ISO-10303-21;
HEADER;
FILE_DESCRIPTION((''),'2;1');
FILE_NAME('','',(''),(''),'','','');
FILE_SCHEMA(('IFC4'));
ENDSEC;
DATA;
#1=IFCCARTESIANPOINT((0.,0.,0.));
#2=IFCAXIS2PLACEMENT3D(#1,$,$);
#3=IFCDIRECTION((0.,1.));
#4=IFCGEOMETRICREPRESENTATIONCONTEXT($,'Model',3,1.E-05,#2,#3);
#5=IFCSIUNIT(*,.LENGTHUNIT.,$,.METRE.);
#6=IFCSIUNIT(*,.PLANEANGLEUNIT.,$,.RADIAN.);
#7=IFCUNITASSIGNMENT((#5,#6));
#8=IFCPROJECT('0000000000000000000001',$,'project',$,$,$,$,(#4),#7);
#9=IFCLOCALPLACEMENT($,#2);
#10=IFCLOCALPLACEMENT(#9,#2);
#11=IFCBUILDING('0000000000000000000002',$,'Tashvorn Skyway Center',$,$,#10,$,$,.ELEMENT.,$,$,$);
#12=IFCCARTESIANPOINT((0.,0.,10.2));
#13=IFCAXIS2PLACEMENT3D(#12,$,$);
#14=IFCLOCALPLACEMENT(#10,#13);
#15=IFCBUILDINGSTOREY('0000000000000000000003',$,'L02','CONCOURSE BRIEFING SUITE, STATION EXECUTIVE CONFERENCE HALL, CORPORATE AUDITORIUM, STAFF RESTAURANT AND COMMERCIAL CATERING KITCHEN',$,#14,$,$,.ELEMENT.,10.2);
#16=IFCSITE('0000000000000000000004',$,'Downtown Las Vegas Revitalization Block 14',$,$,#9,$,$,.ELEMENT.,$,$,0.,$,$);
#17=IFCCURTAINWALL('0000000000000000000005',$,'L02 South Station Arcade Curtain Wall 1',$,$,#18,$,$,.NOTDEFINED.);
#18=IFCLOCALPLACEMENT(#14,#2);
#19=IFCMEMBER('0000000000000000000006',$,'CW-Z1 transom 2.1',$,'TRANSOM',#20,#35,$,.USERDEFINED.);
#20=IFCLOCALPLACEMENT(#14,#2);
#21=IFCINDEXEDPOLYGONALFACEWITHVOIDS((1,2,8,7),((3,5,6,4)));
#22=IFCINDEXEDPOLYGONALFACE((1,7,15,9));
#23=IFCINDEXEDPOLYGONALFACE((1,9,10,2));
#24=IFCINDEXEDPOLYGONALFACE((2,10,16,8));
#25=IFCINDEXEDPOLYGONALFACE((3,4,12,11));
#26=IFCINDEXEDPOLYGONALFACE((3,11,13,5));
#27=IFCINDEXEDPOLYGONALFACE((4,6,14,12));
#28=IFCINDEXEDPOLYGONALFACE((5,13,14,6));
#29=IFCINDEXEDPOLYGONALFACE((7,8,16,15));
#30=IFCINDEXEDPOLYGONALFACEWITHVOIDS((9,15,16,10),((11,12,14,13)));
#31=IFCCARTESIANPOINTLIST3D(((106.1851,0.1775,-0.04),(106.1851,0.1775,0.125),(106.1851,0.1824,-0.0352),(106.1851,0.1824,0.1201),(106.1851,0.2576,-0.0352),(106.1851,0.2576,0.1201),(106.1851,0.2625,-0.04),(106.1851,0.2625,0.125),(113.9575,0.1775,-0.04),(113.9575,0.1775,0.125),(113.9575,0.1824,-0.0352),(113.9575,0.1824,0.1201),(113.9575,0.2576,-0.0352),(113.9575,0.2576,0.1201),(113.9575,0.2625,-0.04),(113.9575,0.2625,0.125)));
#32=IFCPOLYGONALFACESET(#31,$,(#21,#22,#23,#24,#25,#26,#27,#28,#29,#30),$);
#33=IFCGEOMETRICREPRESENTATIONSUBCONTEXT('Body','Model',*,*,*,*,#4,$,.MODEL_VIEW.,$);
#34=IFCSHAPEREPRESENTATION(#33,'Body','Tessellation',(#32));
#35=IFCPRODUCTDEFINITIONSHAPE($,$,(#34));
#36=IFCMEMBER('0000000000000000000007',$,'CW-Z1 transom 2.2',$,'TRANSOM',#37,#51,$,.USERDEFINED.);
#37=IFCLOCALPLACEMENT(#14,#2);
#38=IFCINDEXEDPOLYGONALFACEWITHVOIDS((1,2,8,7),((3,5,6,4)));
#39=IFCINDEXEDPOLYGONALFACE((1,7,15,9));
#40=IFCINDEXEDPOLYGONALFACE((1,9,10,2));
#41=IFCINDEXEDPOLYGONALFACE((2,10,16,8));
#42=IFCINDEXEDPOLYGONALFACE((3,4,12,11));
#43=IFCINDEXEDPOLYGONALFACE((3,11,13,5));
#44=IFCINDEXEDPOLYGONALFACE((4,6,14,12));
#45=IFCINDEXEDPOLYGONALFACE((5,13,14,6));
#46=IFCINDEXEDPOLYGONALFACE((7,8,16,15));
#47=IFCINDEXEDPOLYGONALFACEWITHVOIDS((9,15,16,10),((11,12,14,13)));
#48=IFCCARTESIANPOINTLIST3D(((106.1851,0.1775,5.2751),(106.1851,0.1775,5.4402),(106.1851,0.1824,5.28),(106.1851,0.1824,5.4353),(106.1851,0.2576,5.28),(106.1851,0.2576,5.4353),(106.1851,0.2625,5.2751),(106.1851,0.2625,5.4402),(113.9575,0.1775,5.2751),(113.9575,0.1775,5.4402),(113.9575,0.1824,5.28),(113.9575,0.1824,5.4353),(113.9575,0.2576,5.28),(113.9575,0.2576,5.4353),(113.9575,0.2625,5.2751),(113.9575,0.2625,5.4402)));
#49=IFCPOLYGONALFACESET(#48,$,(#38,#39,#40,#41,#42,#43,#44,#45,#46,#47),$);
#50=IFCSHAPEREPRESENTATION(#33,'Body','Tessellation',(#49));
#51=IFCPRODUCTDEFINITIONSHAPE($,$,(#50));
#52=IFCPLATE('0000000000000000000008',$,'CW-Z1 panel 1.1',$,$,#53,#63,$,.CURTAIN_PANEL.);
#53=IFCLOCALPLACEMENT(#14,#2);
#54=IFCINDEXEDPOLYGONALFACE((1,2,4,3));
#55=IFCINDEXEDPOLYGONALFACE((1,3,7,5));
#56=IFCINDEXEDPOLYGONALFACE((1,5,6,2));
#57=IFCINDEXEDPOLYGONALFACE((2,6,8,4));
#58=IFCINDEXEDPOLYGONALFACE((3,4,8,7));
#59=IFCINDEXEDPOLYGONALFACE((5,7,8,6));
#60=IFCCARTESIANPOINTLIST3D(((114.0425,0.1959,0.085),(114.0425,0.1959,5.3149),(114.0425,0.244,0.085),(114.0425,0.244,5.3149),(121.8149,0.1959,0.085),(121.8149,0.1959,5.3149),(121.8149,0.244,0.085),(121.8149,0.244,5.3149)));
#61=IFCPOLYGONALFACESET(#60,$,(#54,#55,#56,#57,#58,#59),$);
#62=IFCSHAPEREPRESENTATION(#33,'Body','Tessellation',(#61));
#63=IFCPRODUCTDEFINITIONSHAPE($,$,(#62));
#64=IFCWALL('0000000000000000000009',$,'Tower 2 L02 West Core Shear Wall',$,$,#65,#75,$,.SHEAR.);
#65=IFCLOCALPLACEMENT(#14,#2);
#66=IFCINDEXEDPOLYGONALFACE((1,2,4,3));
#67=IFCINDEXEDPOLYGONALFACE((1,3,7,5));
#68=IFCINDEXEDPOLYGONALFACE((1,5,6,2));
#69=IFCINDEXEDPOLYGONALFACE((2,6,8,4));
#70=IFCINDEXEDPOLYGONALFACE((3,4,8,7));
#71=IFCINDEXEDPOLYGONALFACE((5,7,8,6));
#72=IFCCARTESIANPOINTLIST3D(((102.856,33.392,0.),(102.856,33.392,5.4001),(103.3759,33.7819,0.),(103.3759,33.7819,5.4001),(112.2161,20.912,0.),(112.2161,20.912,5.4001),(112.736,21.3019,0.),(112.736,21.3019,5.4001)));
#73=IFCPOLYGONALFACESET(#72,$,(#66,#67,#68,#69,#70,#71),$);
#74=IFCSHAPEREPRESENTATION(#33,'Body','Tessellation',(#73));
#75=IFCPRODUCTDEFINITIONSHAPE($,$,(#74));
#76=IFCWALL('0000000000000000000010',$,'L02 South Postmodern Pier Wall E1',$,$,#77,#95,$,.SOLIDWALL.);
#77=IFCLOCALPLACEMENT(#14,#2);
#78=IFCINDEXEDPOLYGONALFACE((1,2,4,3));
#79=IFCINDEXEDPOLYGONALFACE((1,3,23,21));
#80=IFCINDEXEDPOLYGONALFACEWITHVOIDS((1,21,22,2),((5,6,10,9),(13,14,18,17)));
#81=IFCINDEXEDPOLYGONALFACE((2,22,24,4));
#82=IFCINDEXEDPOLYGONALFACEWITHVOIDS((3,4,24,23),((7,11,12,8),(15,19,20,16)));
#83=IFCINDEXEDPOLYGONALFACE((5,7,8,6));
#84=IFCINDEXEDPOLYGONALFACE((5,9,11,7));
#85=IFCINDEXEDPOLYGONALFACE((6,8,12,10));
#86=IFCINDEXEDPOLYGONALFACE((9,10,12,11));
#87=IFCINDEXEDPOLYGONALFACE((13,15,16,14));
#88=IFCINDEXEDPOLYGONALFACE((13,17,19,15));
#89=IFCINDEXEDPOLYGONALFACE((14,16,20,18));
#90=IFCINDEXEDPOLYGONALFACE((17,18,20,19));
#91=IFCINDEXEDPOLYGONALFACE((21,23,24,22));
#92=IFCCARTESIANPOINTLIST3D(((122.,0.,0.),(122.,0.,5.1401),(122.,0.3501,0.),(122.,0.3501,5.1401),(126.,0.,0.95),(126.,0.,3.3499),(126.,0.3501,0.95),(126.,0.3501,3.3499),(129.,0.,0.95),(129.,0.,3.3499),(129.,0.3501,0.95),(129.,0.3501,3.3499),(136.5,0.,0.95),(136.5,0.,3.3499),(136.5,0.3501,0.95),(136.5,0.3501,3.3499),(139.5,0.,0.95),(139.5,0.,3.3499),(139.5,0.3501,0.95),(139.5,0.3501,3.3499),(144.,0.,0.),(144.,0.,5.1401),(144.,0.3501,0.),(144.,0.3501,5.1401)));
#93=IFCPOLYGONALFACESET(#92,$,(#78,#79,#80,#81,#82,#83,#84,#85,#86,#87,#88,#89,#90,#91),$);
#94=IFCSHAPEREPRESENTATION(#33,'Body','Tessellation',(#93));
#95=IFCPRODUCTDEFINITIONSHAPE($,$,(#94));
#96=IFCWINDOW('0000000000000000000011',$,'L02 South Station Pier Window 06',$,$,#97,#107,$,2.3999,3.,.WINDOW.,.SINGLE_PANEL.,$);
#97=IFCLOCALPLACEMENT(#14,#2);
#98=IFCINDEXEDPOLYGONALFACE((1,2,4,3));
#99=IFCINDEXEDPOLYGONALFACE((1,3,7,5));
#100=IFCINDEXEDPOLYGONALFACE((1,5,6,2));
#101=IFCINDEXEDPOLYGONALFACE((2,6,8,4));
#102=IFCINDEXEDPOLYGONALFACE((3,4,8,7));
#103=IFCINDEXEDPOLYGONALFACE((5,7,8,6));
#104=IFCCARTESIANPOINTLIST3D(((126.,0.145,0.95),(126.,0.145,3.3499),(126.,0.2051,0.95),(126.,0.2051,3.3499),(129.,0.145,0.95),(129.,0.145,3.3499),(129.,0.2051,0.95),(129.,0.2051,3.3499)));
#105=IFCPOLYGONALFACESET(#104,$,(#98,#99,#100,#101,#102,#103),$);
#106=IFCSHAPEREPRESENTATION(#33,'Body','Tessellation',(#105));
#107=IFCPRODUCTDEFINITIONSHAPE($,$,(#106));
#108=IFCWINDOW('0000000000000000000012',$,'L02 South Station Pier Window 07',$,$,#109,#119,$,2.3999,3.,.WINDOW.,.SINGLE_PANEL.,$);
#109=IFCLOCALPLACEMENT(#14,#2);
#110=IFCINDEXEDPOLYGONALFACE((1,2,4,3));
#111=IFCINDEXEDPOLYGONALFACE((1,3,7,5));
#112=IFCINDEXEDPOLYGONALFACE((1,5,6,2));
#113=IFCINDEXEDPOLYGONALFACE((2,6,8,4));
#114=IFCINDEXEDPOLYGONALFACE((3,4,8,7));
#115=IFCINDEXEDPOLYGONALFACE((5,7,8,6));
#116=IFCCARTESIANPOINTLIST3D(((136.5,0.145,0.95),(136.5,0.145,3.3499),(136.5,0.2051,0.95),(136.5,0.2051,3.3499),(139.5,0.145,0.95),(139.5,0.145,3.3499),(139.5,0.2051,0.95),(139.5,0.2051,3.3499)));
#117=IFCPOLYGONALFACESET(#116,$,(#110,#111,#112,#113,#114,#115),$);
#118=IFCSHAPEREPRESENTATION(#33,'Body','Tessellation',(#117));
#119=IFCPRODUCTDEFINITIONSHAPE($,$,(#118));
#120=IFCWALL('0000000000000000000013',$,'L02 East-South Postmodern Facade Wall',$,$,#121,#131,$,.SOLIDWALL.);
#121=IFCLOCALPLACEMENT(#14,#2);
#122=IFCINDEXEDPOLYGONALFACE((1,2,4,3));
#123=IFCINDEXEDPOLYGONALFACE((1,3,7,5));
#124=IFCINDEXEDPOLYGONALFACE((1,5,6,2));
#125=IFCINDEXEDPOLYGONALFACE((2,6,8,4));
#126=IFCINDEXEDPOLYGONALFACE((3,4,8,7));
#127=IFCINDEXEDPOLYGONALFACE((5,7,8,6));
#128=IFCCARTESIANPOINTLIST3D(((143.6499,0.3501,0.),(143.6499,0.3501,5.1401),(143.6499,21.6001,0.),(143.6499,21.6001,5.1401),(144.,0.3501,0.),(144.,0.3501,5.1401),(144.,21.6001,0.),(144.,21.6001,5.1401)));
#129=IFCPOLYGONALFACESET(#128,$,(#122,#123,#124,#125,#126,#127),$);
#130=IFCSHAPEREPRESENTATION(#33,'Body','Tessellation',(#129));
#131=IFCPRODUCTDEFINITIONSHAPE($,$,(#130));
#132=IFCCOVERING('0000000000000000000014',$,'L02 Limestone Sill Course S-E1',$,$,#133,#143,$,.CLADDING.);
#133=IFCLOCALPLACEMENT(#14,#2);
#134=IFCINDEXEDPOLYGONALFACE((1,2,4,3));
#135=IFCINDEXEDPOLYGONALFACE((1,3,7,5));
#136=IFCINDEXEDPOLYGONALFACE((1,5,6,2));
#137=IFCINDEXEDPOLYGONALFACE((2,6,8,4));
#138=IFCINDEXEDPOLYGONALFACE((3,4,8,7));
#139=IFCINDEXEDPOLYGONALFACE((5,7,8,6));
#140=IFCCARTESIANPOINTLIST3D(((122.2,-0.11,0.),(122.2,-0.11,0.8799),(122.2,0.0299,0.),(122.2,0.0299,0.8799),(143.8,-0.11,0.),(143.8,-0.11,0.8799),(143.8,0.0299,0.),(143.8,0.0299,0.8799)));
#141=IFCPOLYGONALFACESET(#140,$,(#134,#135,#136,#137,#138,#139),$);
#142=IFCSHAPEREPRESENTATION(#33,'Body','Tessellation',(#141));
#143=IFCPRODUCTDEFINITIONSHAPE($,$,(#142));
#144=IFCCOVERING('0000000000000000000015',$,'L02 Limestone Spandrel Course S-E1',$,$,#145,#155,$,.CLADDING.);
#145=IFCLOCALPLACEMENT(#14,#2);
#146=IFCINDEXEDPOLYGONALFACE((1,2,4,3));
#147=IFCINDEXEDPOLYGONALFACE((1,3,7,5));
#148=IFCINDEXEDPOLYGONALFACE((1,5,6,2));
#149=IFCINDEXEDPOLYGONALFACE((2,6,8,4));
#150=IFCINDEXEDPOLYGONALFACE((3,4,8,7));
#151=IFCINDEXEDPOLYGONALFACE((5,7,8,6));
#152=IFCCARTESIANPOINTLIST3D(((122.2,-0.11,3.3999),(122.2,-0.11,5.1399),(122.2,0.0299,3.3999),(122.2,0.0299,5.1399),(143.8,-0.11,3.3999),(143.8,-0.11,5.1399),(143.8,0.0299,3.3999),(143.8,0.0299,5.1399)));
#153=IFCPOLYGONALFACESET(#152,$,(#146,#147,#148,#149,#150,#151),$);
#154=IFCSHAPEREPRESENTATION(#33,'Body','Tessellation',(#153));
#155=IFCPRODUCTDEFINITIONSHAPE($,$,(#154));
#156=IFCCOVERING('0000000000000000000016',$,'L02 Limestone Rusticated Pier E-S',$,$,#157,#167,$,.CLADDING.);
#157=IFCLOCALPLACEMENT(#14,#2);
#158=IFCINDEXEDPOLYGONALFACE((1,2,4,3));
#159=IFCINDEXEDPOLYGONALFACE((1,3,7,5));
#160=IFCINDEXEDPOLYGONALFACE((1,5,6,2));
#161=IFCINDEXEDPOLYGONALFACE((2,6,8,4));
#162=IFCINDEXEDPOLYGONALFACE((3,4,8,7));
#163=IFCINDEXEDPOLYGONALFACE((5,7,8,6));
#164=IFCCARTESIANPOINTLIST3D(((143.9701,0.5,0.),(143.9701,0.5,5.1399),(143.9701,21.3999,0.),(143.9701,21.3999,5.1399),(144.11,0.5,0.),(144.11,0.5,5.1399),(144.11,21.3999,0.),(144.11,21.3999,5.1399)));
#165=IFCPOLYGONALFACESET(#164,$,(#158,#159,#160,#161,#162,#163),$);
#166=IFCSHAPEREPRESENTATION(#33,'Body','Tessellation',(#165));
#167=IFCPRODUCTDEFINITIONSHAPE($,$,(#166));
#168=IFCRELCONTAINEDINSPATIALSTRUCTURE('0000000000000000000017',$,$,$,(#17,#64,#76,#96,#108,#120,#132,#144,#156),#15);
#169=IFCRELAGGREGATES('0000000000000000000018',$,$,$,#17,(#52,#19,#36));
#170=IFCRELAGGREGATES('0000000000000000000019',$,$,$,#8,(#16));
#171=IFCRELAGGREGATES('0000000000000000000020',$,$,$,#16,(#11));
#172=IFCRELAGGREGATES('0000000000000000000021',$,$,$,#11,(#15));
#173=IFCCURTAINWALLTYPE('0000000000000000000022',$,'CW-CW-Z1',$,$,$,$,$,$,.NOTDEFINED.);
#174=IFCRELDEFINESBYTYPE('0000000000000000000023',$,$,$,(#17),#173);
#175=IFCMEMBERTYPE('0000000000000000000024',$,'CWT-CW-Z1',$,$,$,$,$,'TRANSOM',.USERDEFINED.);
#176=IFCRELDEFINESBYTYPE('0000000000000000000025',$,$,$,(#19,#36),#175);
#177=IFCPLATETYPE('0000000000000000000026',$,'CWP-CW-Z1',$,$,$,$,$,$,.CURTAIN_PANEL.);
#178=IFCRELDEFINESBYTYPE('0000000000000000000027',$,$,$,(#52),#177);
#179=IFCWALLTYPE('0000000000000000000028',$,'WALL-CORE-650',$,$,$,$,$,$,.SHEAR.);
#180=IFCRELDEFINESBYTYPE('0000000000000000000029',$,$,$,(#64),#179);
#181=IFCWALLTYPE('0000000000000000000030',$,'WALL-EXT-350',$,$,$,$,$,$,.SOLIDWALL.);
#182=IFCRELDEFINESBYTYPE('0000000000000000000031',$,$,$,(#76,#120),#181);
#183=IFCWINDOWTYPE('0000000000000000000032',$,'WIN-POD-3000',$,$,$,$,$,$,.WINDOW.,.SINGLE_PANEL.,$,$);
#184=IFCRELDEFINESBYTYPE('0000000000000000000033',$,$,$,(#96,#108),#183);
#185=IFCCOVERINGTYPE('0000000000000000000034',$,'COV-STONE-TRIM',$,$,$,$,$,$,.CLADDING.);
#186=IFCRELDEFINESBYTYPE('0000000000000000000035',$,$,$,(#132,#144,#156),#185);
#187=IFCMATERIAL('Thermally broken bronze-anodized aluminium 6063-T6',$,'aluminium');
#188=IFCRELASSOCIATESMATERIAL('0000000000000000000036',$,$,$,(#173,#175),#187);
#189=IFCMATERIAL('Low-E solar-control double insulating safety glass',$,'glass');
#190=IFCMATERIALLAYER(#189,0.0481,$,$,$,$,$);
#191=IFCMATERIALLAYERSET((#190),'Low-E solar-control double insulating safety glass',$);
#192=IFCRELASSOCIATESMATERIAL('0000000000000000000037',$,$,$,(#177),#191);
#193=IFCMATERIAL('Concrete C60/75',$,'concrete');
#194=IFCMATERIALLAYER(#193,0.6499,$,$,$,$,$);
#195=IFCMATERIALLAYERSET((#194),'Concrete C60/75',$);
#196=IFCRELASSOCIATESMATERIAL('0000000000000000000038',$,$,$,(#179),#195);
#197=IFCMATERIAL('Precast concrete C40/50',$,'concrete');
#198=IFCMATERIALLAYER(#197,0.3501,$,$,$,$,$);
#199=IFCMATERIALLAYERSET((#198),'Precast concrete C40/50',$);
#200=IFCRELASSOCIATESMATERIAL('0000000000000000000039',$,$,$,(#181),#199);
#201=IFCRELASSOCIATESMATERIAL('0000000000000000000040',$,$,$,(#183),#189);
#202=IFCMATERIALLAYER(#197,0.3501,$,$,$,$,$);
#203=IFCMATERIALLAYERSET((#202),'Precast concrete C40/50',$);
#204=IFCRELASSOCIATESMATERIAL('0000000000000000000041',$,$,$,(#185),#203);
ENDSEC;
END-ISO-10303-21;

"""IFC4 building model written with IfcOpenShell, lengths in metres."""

from ifc_helpers import new_model, si_unit, direction, frame, frame_2d, origin, origin_2d, place, context, subcontext, project, spatial, rectangle, hollow_rectangle, extrude, material, layer, layer_set, material_profile, profile_set, type_object, element, fill, aggregate, save


model = new_model("IFC4")

# Units and contexts
model_context = context("Model", 3, precision=1e-05, world=origin(), true_north=direction((0.0, 1.0)))
body_context = subcontext(model_context, "Body", "Model", "MODEL_VIEW")
ifc_project = project(units=[si_unit("LENGTHUNIT", "METRE"), si_unit("PLANEANGLEUNIT", "RADIAN")], contexts=[model_context])

# Site, building, storey
site_placement = place(None, origin())
site = spatial("IfcSite", under=ifc_project, at=site_placement, Name="Downtown Las Vegas Revitalization Block 14", CompositionType="ELEMENT", RefElevation=0.0)
building_placement = place(site_placement, origin())
building = spatial("IfcBuilding", under=site, at=building_placement, Name="Tashvorn Skyway Center", CompositionType="ELEMENT")
storey_placement = place(building_placement, frame((0.0, 0.0, 10.2)))
storey = spatial("IfcBuildingStorey", under=building, at=storey_placement, Name="L02", Description="CONCOURSE BRIEFING SUITE, STATION EXECUTIVE CONFERENCE HALL, CORPORATE AUDITORIUM, STAFF RESTAURANT AND COMMERCIAL CATERING KITCHEN", CompositionType="ELEMENT", Elevation=10.2)

# Shared definitions
ifc_material_1 = material(Name="Precast concrete C40/50", Category="concrete")

# Curtain wall
ifc_material_2 = material(Name="Thermally broken bronze-anodized aluminium 6063-T6", Category="aluminium")
curtain_wall_type = type_object("IfcCurtainWallType", Name="CW-CW-Z1", PredefinedType="NOTDEFINED", material=ifc_material_2)
curtain_wall_1_placement = place(storey_placement, origin())
curtain_wall_1 = element("IfcCurtainWall", 1, at=curtain_wall_1_placement, inside=storey, type_object=curtain_wall_type, Name="L02 South Station Arcade Curtain Wall 1", PredefinedType="NOTDEFINED")

# Members
ifc_material_profile_1 = material_profile(ifc_material_2, hollow_rectangle(XDim=0.085, YDim=0.165, WallThickness=0.0049, at=origin_2d()), Name="ALU-TRAN-85x165")
ifc_profile_set_1 = profile_set([ifc_material_profile_1], Name="Thermally broken bronze-anodized aluminium 6063-T6")
member_type_1 = type_object("IfcMemberType", Name="CWT-CW-Z1", ElementType="TRANSOM", PredefinedType="USERDEFINED", material=ifc_profile_set_1)
member_1_placement = place(storey_placement, frame((113.9575, 0.22, 0.0425), z_axis=(-1.0, 0.0, 0.0), x_axis=(0.0, -1.0, 0.0)))
member_1 = element("IfcMember", 2, at=member_1_placement, type_object=member_type_1, Name="CW-Z1 transom 2.1", ObjectType="TRANSOM", PredefinedType="USERDEFINED", context=body_context, shape_type="SweptSolid", body=[
    extrude(hollow_rectangle(XDim=0.085, YDim=0.165, WallThickness=0.0049, at=origin_2d()), origin(), (0.0, 0.0, 1.0), 7.7725),
])
member_2_placement = place(storey_placement, frame((113.9575, 0.22, 5.3577), z_axis=(-1.0, 0.0, 0.0), x_axis=(0.0, -1.0, 0.0)))
member_2 = element("IfcMember", 3, at=member_2_placement, type_object=member_type_1, Name="CW-Z1 transom 2.2", ObjectType="TRANSOM", PredefinedType="USERDEFINED", context=body_context, shape_type="SweptSolid", body=[
    extrude(hollow_rectangle(XDim=0.085, YDim=0.165, WallThickness=0.0049, at=origin_2d()), origin(), (0.0, 0.0, 1.0), 7.7725),
])

# Plate
ifc_material_3 = material(Name="Low-E solar-control double insulating safety glass", Category="glass")
ifc_layer_1 = layer(ifc_material_3, 0.0481)
ifc_layer_set_1 = layer_set([ifc_layer_1], Name="Low-E solar-control double insulating safety glass")
plate_type = type_object("IfcPlateType", Name="CWP-CW-Z1", PredefinedType="CURTAIN_PANEL", material=ifc_layer_set_1)
plate_placement = place(storey_placement, frame((117.9287, 0.22, 0.085), z_axis=(0.0, 0.0, 1.0), x_axis=(-1.0, 0.0, 0.0)))
plate = element("IfcPlate", 4, at=plate_placement, type_object=plate_type, Name="CW-Z1 panel 1.1", PredefinedType="CURTAIN_PANEL", context=body_context, shape_type="SweptSolid", body=[
    extrude(rectangle(XDim=7.7725, YDim=0.0481, at=origin_2d()), origin(), (0.0, 0.0, 1.0), 5.23),
])
aggregate(curtain_wall_1, [plate, member_1, member_2])

# Wall
ifc_material_4 = material(Name="Concrete C60/75", Category="concrete")
ifc_layer_2 = layer(ifc_material_4, 0.6499)
ifc_layer_set_2 = layer_set([ifc_layer_2], Name="Concrete C60/75")
wall_type_1 = type_object("IfcWallType", Name="WALL-CORE-650", PredefinedType="SHEAR", material=ifc_layer_set_2)
wall_1_placement = place(storey_placement, frame((112.4761, 21.1069, 0.0), z_axis=(0.0, 0.0, 1.0), x_axis=(-0.600005, 0.799996, 0.0)))
element("IfcWall", 5, at=wall_1_placement, inside=storey, type_object=wall_type_1, Name="Tower 2 L02 West Core Shear Wall", PredefinedType="SHEAR", context=body_context, shape_type="SweptSolid", body=[
    extrude(rectangle(XDim=15.6001, YDim=0.6499, at=frame_2d((7.8, 0.0))), origin(), (0.0, 0.0, 1.0), 5.4001),
])

# Wall, openings, windows
ifc_layer_3 = layer(ifc_material_1, 0.3501)
ifc_layer_set_3 = layer_set([ifc_layer_3], Name="Precast concrete C40/50")
wall_type_2 = type_object("IfcWallType", Name="WALL-EXT-350", PredefinedType="SOLIDWALL", material=ifc_layer_set_3)
wall_2_placement = place(storey_placement, frame((144.0, 0.175, 0.0), z_axis=(0.0, 0.0, 1.0), x_axis=(-1.0, 0.0, 0.0)))
wall_2 = element("IfcWall", 6, at=wall_2_placement, inside=storey, type_object=wall_type_2, Name="L02 South Postmodern Pier Wall E1", PredefinedType="SOLIDWALL", context=body_context, shape_type="SweptSolid", body=[
    extrude(rectangle(XDim=22.0, YDim=0.3501, at=frame_2d((11.0, 0.0))), origin(), (0.0, 0.0, 1.0), 5.1401),
])
opening_1_placement = place(wall_2_placement, frame((15.0, 0.0, 0.95)))
opening_1 = element("IfcOpeningElement", 7, at=opening_1_placement, cuts=wall_2, PredefinedType="OPENING", context=body_context, shape_type="SweptSolid", body=[
    extrude(rectangle(XDim=3.0, YDim=2.3999, at=frame_2d((1.5, 1.2))), frame((0.0, 0.1851, 0.0), z_axis=(0.0, -1.0, 0.0), x_axis=(1.0, 0.0, 0.0)), (0.0, 0.0, 1.0), 0.3701),
])
opening_2_placement = place(wall_2_placement, frame((4.5, 0.0, 0.95)))
opening_2 = element("IfcOpeningElement", 8, at=opening_2_placement, cuts=wall_2, PredefinedType="OPENING", context=body_context, shape_type="SweptSolid", body=[
    extrude(rectangle(XDim=3.0, YDim=2.3999, at=frame_2d((1.5, 1.2))), frame((0.0, 0.1851, 0.0), z_axis=(0.0, -1.0, 0.0), x_axis=(1.0, 0.0, 0.0)), (0.0, 0.0, 1.0), 0.3701),
])
window_type = type_object("IfcWindowType", Name="WIN-POD-3000", PartitioningType="SINGLE_PANEL", PredefinedType="WINDOW", material=ifc_material_3)
window_1_placement = place(opening_1_placement, origin())
window_1 = element("IfcWindow", 9, at=window_1_placement, inside=storey, type_object=window_type, Name="L02 South Station Pier Window 06", OverallHeight=2.3999, OverallWidth=3.0, PartitioningType="SINGLE_PANEL", PredefinedType="WINDOW", context=body_context, shape_type="SweptSolid", body=[
    extrude(rectangle(XDim=3.0, YDim=2.3999, at=frame_2d((1.5, 1.2))), frame((0.0, 0.03, 0.0), z_axis=(0.0, -1.0, 0.0), x_axis=(1.0, 0.0, 0.0)), (0.0, 0.0, 1.0), 0.0601),
])
fill(opening_1, window_1)
window_2_placement = place(opening_2_placement, origin())
window_2 = element("IfcWindow", 10, at=window_2_placement, inside=storey, type_object=window_type, Name="L02 South Station Pier Window 07", OverallHeight=2.3999, OverallWidth=3.0, PartitioningType="SINGLE_PANEL", PredefinedType="WINDOW", context=body_context, shape_type="SweptSolid", body=[
    extrude(rectangle(XDim=3.0, YDim=2.3999, at=frame_2d((1.5, 1.2))), frame((0.0, 0.03, 0.0), z_axis=(0.0, -1.0, 0.0), x_axis=(1.0, 0.0, 0.0)), (0.0, 0.0, 1.0), 0.0601),
])
fill(opening_2, window_2)

# Wall
wall_3_placement = place(storey_placement, frame((143.825, 21.6001, 0.0), z_axis=(0.0, 0.0, 1.0), x_axis=(0.0, -1.0, 0.0)))
element("IfcWall", 11, at=wall_3_placement, inside=storey, type_object=wall_type_2, Name="L02 East-South Postmodern Facade Wall", PredefinedType="SOLIDWALL", context=body_context, shape_type="SweptSolid", body=[
    extrude(rectangle(XDim=21.25, YDim=0.3501, at=frame_2d((10.625, 0.0))), origin(), (0.0, 0.0, 1.0), 5.1401),
])

# Coverings
ifc_layer_4 = layer(ifc_material_1, 0.3501)
ifc_layer_set_4 = layer_set([ifc_layer_4], Name="Precast concrete C40/50")
covering_type = type_object("IfcCoveringType", Name="COV-STONE-TRIM", PredefinedType="CLADDING", material=ifc_layer_set_4)
covering_1_placement = place(storey_placement, frame((133.0, -0.04, 0.0), z_axis=(0.0, 0.0, 1.0), x_axis=(1.0, 0.0, 0.0)))
element("IfcCovering", 12, at=covering_1_placement, inside=storey, type_object=covering_type, Name="L02 Limestone Sill Course S-E1", PredefinedType="CLADDING", context=body_context, shape_type="SweptSolid", body=[
    extrude(rectangle(XDim=21.6001, YDim=0.1399, at=origin_2d()), origin(), (0.0, 0.0, 1.0), 0.8799),
])
covering_2_placement = place(storey_placement, frame((133.0, -0.04, 3.3999), z_axis=(0.0, 0.0, 1.0), x_axis=(1.0, 0.0, 0.0)))
element("IfcCovering", 13, at=covering_2_placement, inside=storey, type_object=covering_type, Name="L02 Limestone Spandrel Course S-E1", PredefinedType="CLADDING", context=body_context, shape_type="SweptSolid", body=[
    extrude(rectangle(XDim=21.6001, YDim=0.1399, at=origin_2d()), origin(), (0.0, 0.0, 1.0), 1.74),
])
covering_3_placement = place(storey_placement, frame((144.04, 10.95, 0.0), z_axis=(0.0, 0.0, 1.0), x_axis=(1.0, 0.0, 0.0)))
element("IfcCovering", 14, at=covering_3_placement, inside=storey, type_object=covering_type, Name="L02 Limestone Rusticated Pier E-S", PredefinedType="CLADDING", context=body_context, shape_type="SweptSolid", body=[
    extrude(rectangle(XDim=0.1399, YDim=20.8999, at=origin_2d()), origin(), (0.0, 0.0, 1.0), 5.1399),
])

save(model, "model.ifc")
